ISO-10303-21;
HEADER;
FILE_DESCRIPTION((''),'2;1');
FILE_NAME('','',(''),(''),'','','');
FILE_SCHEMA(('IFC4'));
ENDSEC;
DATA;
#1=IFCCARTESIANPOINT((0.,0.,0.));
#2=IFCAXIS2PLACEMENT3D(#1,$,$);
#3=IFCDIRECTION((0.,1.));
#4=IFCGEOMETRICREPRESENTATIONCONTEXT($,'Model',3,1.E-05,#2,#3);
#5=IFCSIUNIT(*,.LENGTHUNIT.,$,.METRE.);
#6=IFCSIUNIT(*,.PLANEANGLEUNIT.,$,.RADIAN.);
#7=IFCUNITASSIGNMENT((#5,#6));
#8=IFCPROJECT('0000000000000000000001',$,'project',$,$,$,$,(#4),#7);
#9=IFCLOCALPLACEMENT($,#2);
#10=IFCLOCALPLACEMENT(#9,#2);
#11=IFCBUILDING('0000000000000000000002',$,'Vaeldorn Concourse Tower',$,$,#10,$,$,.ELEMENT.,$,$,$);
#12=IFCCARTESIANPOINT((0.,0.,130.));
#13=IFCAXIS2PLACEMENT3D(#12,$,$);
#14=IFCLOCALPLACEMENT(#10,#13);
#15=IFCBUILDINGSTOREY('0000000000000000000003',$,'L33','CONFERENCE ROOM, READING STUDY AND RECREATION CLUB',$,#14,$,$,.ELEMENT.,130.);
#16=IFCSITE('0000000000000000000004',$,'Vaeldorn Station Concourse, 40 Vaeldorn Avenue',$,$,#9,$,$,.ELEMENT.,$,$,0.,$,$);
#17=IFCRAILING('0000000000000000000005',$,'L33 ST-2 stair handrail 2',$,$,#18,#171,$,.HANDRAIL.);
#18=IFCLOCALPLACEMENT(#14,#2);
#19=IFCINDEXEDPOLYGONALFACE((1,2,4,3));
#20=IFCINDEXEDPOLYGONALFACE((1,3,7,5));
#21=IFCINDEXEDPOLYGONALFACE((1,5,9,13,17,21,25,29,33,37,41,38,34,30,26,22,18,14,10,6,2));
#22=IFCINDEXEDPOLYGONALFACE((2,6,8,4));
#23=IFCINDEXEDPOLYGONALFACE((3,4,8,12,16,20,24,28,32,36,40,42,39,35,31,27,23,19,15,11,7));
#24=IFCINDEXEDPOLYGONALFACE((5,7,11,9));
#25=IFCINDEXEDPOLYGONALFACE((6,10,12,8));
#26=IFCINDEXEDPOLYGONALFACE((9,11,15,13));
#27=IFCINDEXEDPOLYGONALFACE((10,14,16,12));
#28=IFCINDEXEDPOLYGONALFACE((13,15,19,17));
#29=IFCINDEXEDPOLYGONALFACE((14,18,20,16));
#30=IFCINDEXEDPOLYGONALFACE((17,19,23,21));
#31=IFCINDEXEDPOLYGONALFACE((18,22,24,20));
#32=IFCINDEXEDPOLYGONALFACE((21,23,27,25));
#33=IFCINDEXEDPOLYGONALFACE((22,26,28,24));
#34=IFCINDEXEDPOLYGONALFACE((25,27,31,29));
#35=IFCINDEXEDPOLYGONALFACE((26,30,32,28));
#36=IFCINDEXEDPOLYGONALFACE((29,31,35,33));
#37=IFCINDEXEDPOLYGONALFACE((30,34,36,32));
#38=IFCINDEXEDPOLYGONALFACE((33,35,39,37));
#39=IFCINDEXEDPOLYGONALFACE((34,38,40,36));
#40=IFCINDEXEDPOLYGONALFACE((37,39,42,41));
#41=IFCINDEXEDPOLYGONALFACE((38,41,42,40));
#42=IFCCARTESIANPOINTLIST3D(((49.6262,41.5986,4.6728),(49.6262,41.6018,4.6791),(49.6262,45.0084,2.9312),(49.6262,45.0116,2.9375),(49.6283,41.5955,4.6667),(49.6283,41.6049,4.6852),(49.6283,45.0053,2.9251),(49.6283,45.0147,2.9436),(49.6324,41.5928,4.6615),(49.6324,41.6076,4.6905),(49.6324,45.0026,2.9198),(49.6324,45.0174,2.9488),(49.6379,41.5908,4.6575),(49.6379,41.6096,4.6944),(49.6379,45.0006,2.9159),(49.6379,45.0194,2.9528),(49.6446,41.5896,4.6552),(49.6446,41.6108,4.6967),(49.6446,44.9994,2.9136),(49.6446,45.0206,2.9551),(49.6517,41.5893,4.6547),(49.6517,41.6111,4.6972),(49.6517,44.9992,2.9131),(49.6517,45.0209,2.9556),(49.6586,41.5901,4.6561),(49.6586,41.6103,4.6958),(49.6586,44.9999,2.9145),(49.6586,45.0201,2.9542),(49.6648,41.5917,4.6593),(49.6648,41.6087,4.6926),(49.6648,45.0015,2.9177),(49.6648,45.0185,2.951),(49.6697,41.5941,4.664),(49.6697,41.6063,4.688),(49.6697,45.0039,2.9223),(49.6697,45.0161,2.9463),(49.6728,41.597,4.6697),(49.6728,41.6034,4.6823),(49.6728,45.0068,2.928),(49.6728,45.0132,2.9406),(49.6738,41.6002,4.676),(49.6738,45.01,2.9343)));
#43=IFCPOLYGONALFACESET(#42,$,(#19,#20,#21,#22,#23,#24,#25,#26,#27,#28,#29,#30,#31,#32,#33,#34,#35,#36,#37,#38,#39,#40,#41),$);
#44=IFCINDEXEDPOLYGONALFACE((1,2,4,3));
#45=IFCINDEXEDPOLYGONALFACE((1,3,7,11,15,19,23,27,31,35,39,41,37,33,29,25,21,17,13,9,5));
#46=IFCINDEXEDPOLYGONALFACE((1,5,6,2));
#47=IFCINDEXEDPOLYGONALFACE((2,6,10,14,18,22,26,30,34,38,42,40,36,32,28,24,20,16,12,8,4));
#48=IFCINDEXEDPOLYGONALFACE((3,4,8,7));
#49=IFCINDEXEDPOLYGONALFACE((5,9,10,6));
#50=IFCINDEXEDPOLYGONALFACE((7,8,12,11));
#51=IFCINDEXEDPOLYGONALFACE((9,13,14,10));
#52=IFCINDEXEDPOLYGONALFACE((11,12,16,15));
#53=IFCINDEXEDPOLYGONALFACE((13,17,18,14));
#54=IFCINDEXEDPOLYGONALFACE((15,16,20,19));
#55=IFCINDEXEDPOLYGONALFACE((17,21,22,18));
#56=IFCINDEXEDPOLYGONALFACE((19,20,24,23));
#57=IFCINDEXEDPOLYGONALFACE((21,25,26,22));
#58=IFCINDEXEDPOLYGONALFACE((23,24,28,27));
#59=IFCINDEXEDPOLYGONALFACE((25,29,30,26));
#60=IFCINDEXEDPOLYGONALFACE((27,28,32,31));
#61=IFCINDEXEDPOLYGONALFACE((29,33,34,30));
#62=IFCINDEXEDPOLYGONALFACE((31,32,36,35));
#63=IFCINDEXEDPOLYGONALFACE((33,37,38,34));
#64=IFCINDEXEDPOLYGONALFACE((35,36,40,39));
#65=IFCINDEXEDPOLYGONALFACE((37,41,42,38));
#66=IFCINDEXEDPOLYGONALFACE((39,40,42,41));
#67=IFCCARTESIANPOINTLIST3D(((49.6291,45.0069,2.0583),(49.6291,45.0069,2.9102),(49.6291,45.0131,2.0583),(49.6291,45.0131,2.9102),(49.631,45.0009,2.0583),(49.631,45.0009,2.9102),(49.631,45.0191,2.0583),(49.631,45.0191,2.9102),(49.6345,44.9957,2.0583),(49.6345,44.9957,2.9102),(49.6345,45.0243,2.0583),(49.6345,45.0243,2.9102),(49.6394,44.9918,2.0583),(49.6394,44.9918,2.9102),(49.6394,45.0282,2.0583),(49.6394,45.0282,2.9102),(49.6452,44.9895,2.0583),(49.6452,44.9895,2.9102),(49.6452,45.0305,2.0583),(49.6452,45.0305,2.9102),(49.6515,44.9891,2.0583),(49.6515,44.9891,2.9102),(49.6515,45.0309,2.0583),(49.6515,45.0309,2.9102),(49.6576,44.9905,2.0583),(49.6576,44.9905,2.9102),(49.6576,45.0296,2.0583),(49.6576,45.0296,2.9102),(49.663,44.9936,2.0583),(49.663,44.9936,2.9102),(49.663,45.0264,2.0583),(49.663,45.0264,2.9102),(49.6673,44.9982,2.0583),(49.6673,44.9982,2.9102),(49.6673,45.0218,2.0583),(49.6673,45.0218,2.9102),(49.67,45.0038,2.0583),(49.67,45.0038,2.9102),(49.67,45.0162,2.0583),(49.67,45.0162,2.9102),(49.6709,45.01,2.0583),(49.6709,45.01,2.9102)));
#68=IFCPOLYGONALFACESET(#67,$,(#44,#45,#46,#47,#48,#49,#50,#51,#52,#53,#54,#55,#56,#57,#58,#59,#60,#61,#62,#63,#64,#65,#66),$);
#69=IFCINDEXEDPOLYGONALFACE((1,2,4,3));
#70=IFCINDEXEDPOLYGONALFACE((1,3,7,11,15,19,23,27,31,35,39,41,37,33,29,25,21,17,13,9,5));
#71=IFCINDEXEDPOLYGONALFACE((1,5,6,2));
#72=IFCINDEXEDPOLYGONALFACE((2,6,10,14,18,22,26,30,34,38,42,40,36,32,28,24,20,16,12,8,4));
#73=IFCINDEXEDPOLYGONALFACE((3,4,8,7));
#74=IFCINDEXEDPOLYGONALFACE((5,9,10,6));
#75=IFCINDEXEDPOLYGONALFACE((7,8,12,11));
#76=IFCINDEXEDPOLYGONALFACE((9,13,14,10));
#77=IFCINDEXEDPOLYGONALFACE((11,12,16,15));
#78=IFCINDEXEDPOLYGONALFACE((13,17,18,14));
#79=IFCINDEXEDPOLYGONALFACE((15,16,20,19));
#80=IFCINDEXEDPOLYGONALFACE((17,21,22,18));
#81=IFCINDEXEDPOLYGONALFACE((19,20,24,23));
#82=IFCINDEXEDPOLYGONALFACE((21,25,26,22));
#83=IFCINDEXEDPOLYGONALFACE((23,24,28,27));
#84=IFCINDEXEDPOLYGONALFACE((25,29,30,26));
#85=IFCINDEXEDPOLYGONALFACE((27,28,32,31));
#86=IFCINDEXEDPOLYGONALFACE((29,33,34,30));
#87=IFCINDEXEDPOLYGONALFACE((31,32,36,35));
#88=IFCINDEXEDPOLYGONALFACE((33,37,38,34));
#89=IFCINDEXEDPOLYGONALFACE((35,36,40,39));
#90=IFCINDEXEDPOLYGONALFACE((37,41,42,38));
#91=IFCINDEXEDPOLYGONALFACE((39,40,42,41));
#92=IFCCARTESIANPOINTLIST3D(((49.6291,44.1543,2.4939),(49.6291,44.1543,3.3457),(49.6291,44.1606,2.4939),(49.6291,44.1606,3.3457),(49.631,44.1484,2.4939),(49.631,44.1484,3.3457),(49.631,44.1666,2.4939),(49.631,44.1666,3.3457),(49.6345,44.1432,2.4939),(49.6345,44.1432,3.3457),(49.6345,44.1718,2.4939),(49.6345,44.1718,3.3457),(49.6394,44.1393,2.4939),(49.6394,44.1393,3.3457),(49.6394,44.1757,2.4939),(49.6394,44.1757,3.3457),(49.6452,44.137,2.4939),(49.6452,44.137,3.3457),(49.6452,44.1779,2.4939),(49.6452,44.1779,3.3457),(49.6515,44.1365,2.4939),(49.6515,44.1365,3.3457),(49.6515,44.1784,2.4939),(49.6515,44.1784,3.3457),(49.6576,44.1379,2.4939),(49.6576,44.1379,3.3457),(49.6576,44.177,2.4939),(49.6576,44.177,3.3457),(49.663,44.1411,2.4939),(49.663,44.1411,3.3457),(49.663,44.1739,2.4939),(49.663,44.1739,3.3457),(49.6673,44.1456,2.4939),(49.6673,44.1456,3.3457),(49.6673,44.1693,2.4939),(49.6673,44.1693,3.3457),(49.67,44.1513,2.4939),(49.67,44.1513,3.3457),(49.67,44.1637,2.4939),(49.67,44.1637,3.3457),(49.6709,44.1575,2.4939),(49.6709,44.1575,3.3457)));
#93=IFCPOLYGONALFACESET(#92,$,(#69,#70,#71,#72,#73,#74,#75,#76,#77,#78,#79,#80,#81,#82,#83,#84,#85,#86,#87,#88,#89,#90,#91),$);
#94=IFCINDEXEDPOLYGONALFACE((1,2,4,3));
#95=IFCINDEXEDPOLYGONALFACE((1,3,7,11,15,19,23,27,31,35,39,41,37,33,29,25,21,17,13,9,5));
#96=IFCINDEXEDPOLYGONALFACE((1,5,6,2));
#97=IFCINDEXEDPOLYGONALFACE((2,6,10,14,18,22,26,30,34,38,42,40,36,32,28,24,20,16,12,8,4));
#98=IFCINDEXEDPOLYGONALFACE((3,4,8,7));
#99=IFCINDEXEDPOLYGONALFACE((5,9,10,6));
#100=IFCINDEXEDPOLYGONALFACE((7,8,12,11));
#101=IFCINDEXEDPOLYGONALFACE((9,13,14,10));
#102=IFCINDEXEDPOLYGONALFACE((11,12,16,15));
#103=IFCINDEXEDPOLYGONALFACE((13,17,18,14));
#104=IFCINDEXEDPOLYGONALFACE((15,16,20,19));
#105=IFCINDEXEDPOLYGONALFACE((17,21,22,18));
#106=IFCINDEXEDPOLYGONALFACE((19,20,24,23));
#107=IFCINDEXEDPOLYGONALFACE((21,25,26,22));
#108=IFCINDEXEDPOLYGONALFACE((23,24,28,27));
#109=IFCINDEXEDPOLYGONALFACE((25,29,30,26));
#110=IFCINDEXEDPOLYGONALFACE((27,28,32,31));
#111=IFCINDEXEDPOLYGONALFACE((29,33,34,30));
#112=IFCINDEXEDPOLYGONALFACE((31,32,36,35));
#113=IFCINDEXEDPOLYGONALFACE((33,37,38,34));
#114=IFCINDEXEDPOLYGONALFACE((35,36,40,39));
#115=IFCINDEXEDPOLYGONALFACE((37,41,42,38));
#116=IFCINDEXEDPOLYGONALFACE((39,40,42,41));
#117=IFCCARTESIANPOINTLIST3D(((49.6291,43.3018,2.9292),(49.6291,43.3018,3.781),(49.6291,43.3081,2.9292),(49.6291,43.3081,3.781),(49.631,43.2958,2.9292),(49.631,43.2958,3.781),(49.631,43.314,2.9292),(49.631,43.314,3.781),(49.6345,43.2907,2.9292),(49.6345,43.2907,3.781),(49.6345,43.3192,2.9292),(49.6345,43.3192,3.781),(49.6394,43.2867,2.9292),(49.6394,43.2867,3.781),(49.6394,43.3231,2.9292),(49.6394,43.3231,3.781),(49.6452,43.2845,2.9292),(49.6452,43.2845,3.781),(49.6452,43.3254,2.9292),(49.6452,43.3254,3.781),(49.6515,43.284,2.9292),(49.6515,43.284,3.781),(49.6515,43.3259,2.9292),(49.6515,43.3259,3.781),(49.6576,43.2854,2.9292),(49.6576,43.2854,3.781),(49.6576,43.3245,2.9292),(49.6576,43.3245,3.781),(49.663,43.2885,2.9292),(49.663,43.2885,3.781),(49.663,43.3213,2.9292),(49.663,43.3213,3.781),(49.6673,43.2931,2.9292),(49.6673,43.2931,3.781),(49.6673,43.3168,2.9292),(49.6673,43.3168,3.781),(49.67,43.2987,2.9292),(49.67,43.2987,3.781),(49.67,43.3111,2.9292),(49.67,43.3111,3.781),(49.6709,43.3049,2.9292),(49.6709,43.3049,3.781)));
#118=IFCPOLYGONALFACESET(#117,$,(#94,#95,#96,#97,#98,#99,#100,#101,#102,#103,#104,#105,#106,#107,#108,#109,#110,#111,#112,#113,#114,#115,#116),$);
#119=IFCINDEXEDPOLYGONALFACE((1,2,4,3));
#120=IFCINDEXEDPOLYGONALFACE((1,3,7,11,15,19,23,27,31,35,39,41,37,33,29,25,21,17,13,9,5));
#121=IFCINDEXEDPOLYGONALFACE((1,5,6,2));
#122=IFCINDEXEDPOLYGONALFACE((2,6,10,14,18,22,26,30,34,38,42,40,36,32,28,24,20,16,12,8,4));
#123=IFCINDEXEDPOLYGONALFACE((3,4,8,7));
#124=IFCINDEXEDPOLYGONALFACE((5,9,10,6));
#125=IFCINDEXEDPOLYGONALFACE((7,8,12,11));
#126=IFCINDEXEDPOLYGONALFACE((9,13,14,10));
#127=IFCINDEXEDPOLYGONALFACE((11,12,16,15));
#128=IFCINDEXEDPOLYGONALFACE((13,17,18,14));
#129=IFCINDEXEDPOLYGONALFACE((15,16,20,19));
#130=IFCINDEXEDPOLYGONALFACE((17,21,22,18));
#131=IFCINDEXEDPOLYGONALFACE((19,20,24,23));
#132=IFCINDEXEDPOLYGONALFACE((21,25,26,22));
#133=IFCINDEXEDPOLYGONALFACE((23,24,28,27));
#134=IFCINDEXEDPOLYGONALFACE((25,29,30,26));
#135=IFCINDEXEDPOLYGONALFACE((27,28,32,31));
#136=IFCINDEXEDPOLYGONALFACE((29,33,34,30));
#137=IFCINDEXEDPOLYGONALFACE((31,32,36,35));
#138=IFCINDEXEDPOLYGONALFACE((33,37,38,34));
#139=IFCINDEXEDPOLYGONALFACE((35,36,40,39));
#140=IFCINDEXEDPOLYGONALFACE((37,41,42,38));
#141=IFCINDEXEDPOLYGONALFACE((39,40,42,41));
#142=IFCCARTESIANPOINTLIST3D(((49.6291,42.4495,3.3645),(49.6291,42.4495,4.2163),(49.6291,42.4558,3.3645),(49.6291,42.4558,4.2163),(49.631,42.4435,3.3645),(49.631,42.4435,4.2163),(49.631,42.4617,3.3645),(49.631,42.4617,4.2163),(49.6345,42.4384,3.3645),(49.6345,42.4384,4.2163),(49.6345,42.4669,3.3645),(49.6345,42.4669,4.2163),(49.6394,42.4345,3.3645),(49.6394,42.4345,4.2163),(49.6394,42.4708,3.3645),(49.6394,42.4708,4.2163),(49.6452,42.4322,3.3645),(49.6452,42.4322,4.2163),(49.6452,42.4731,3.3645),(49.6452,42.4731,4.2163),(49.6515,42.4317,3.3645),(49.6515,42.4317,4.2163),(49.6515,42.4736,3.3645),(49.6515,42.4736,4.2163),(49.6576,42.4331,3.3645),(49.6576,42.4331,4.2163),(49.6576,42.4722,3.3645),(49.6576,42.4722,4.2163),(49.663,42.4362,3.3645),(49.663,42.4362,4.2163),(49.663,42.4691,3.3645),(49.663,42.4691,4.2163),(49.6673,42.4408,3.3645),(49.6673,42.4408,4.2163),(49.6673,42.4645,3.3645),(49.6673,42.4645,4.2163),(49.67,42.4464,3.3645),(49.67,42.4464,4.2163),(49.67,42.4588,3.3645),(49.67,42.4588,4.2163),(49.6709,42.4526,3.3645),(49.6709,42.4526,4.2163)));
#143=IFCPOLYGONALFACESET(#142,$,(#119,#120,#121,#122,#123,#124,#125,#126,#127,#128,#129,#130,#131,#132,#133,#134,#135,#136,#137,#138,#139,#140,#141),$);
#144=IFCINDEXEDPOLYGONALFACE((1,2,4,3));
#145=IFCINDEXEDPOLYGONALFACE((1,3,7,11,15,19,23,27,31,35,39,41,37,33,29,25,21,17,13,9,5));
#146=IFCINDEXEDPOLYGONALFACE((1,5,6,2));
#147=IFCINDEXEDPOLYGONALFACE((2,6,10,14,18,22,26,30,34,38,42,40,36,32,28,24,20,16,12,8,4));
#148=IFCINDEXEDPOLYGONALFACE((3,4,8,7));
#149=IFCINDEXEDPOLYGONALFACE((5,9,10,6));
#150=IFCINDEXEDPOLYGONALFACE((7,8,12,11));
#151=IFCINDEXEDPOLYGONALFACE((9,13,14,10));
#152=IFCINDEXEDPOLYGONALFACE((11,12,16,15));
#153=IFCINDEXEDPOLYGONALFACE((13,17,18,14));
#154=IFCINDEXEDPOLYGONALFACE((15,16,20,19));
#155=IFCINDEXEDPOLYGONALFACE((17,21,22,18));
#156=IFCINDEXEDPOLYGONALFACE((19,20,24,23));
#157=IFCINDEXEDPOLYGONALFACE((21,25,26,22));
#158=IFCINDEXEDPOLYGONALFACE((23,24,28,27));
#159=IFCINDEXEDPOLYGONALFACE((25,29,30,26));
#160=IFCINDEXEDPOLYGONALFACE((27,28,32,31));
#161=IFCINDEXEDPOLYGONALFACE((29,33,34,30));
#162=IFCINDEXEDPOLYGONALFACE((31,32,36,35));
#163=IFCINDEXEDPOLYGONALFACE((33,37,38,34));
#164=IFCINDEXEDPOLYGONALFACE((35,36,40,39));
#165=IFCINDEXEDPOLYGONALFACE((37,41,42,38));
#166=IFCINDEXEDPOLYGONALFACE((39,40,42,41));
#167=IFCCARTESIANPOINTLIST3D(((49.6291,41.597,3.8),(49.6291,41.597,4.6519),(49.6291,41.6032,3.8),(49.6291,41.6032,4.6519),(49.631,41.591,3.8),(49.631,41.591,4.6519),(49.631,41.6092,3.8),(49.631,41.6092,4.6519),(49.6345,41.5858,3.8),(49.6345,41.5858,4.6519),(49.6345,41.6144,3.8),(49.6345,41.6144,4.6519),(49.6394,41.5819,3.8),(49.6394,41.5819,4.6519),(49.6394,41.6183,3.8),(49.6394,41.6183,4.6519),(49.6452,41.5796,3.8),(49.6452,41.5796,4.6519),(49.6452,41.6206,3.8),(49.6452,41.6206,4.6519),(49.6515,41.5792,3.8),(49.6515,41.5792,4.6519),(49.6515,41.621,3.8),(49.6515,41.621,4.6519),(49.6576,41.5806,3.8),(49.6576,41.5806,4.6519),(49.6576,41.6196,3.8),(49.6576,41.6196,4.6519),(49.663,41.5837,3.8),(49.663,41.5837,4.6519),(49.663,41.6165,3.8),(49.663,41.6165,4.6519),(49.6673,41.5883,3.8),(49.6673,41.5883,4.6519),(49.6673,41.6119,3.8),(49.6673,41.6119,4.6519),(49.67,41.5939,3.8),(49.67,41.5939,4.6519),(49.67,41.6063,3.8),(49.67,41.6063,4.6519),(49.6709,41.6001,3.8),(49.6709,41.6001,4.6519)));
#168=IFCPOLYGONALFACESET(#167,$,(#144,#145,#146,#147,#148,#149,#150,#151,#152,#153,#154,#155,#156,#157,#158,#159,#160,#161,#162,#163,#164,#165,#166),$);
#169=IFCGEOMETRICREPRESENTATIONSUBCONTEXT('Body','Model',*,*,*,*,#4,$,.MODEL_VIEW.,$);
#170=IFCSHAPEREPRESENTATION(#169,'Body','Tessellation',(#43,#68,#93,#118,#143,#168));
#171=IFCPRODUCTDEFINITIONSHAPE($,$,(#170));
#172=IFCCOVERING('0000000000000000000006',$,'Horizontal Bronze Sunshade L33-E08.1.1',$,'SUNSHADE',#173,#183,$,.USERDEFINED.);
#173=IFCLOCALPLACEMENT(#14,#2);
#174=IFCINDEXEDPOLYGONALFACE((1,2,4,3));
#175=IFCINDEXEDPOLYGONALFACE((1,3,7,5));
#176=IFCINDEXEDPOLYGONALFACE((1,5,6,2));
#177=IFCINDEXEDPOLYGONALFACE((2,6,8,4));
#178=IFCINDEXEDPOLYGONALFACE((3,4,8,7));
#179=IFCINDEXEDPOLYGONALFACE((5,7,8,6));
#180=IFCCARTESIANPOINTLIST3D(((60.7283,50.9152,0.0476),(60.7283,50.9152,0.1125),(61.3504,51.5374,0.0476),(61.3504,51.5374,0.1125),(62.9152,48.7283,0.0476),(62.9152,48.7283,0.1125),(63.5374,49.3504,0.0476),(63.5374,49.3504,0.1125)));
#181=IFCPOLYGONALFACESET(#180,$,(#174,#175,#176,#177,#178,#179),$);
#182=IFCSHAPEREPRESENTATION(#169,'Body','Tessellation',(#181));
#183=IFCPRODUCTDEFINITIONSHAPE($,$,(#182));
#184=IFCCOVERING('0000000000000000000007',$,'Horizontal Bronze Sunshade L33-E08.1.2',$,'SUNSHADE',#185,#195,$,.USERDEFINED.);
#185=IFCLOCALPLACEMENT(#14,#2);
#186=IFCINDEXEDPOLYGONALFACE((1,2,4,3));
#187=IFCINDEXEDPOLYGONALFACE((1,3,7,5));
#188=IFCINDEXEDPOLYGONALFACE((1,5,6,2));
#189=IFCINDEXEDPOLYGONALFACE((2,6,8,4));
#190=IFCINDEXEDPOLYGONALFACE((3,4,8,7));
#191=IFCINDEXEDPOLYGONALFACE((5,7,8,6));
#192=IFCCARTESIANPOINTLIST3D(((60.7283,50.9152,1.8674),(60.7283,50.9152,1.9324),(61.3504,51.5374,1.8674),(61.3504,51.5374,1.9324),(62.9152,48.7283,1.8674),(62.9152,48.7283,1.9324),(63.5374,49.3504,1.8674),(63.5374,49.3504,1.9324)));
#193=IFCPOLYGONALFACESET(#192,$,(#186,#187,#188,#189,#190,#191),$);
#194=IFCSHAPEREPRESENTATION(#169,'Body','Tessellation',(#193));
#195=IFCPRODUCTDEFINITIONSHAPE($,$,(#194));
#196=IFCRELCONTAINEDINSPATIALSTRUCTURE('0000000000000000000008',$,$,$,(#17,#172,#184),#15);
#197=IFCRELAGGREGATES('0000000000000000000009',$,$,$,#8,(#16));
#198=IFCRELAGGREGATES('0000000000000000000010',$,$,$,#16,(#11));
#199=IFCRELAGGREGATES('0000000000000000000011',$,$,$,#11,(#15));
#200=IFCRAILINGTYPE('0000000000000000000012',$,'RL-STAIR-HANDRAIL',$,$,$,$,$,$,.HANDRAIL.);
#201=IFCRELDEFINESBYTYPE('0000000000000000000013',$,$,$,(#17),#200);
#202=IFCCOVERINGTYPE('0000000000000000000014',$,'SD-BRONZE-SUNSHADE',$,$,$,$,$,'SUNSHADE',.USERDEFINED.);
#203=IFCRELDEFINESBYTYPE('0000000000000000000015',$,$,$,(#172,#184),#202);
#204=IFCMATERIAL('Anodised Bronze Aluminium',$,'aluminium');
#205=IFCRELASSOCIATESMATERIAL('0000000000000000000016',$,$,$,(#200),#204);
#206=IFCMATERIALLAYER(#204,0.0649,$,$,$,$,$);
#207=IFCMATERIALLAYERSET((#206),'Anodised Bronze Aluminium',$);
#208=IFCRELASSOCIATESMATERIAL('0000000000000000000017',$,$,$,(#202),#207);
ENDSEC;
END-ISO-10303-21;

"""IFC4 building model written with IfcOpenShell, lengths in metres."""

from ifc_helpers import new_model, si_unit, direction, frame, origin, origin_2d, place, context, subcontext, project, spatial, rectangle, circle, extrude, source, transform, mapped, material, layer, layer_set, type_object, element, save


model = new_model("IFC4")

# Units and contexts
model_context = context("Model", 3, precision=1e-05, world=origin(), true_north=direction((0.0, 1.0)))
body_context = subcontext(model_context, "Body", "Model", "MODEL_VIEW")
ifc_project = project(units=[si_unit("LENGTHUNIT", "METRE"), si_unit("PLANEANGLEUNIT", "RADIAN")], contexts=[model_context])

# Site, building, storey
site_placement = place(None, origin())
site = spatial("IfcSite", under=ifc_project, at=site_placement, Name="Vaeldorn Station Concourse, 40 Vaeldorn Avenue", CompositionType="ELEMENT", RefElevation=0.0)
building_placement = place(site_placement, origin())
building = spatial("IfcBuilding", under=site, at=building_placement, Name="Vaeldorn Concourse Tower", CompositionType="ELEMENT")
storey_placement = place(building_placement, frame((0.0, 0.0, 130.0)))
storey = spatial("IfcBuildingStorey", under=building, at=storey_placement, Name="L33", Description="CONFERENCE ROOM, READING STUDY AND RECREATION CLUB", CompositionType="ELEMENT", Elevation=130.0)

# Shared definitions
ifc_material_1 = material(Name="Anodised Bronze Aluminium", Category="aluminium")

# Railing
railing_type_1 = type_object("IfcRailingType", Name="RL-STAIR-HANDRAIL", PredefinedType="HANDRAIL", material=ifc_material_1)
railing_1_placement = place(storey_placement, frame((49.6499, 45.01, 2.0583)))
element("IfcRailing", 1, at=railing_1_placement, inside=storey, type_object=railing_type_1, Name="L33 ST-2 stair handrail 2", PredefinedType="HANDRAIL", context=body_context, shape_type="SweptSolid", body=[
    extrude(circle(Radius=0.0239, at=origin_2d()), frame((0.0, 0.0, 0.876), z_axis=(0.0, -0.890556, 0.454874), x_axis=(1.0, 0.0, 0.0)), (0.0, 0.0, 1.0), 3.8289),
    extrude(circle(Radius=0.021, at=origin_2d()), origin(), (0.0, 0.0, 1.0), 0.8518),
    extrude(circle(Radius=0.021, at=origin_2d()), frame((0.0, -0.8525, 0.4355)), (0.0, 0.0, 1.0), 0.8518),
    extrude(circle(Radius=0.021, at=origin_2d()), frame((0.0, -1.7051, 0.8708)), (0.0, 0.0, 1.0), 0.8518),
    extrude(circle(Radius=0.021, at=origin_2d()), frame((0.0, -2.5574, 1.3062)), (0.0, 0.0, 1.0), 0.8518),
    extrude(circle(Radius=0.021, at=origin_2d()), frame((0.0, -3.4099, 1.7417)), (0.0, 0.0, 1.0), 0.8518),
])

# Coverings
ifc_layer_1 = layer(ifc_material_1, 0.0649)
ifc_layer_set_1 = layer_set([ifc_layer_1], Name="Anodised Bronze Aluminium")
covering_type = type_object("IfcCoveringType", Name="SD-BRONZE-SUNSHADE", ElementType="SUNSHADE", PredefinedType="USERDEFINED", material=ifc_layer_set_1)
shared_shape_1 = source(origin(), body_context, "Body", "SweptSolid", [
    extrude(rectangle(XDim=3.0928, YDim=0.8799, at=origin_2d()), origin(), (0.0, 0.0, 1.0), 0.0649),
])
for number, where, z_axis, x_axis, name in (
    (2, (62.1328, 50.1328, 0.0476), (0.0, 0.0, 1.0), (-0.707107, 0.707107, 0.0), "Horizontal Bronze Sunshade L33-E08.1.1"),
    (3, (62.1328, 50.1328, 1.8674), (0.0, 0.0, 1.0), (-0.707107, 0.707107, 0.0), "Horizontal Bronze Sunshade L33-E08.1.2"),
):
    element("IfcCovering", number, at=place(storey_placement, frame(where, z_axis=z_axis, x_axis=x_axis)), inside=storey, type_object=covering_type, Name=name, ObjectType="SUNSHADE", PredefinedType="USERDEFINED", context=body_context, shape_type="MappedRepresentation", body=[
        mapped(shared_shape_1, transform((0.0, 0.0, 0.0), scale=1.0)),
    ])

save(model, "model.ifc")
